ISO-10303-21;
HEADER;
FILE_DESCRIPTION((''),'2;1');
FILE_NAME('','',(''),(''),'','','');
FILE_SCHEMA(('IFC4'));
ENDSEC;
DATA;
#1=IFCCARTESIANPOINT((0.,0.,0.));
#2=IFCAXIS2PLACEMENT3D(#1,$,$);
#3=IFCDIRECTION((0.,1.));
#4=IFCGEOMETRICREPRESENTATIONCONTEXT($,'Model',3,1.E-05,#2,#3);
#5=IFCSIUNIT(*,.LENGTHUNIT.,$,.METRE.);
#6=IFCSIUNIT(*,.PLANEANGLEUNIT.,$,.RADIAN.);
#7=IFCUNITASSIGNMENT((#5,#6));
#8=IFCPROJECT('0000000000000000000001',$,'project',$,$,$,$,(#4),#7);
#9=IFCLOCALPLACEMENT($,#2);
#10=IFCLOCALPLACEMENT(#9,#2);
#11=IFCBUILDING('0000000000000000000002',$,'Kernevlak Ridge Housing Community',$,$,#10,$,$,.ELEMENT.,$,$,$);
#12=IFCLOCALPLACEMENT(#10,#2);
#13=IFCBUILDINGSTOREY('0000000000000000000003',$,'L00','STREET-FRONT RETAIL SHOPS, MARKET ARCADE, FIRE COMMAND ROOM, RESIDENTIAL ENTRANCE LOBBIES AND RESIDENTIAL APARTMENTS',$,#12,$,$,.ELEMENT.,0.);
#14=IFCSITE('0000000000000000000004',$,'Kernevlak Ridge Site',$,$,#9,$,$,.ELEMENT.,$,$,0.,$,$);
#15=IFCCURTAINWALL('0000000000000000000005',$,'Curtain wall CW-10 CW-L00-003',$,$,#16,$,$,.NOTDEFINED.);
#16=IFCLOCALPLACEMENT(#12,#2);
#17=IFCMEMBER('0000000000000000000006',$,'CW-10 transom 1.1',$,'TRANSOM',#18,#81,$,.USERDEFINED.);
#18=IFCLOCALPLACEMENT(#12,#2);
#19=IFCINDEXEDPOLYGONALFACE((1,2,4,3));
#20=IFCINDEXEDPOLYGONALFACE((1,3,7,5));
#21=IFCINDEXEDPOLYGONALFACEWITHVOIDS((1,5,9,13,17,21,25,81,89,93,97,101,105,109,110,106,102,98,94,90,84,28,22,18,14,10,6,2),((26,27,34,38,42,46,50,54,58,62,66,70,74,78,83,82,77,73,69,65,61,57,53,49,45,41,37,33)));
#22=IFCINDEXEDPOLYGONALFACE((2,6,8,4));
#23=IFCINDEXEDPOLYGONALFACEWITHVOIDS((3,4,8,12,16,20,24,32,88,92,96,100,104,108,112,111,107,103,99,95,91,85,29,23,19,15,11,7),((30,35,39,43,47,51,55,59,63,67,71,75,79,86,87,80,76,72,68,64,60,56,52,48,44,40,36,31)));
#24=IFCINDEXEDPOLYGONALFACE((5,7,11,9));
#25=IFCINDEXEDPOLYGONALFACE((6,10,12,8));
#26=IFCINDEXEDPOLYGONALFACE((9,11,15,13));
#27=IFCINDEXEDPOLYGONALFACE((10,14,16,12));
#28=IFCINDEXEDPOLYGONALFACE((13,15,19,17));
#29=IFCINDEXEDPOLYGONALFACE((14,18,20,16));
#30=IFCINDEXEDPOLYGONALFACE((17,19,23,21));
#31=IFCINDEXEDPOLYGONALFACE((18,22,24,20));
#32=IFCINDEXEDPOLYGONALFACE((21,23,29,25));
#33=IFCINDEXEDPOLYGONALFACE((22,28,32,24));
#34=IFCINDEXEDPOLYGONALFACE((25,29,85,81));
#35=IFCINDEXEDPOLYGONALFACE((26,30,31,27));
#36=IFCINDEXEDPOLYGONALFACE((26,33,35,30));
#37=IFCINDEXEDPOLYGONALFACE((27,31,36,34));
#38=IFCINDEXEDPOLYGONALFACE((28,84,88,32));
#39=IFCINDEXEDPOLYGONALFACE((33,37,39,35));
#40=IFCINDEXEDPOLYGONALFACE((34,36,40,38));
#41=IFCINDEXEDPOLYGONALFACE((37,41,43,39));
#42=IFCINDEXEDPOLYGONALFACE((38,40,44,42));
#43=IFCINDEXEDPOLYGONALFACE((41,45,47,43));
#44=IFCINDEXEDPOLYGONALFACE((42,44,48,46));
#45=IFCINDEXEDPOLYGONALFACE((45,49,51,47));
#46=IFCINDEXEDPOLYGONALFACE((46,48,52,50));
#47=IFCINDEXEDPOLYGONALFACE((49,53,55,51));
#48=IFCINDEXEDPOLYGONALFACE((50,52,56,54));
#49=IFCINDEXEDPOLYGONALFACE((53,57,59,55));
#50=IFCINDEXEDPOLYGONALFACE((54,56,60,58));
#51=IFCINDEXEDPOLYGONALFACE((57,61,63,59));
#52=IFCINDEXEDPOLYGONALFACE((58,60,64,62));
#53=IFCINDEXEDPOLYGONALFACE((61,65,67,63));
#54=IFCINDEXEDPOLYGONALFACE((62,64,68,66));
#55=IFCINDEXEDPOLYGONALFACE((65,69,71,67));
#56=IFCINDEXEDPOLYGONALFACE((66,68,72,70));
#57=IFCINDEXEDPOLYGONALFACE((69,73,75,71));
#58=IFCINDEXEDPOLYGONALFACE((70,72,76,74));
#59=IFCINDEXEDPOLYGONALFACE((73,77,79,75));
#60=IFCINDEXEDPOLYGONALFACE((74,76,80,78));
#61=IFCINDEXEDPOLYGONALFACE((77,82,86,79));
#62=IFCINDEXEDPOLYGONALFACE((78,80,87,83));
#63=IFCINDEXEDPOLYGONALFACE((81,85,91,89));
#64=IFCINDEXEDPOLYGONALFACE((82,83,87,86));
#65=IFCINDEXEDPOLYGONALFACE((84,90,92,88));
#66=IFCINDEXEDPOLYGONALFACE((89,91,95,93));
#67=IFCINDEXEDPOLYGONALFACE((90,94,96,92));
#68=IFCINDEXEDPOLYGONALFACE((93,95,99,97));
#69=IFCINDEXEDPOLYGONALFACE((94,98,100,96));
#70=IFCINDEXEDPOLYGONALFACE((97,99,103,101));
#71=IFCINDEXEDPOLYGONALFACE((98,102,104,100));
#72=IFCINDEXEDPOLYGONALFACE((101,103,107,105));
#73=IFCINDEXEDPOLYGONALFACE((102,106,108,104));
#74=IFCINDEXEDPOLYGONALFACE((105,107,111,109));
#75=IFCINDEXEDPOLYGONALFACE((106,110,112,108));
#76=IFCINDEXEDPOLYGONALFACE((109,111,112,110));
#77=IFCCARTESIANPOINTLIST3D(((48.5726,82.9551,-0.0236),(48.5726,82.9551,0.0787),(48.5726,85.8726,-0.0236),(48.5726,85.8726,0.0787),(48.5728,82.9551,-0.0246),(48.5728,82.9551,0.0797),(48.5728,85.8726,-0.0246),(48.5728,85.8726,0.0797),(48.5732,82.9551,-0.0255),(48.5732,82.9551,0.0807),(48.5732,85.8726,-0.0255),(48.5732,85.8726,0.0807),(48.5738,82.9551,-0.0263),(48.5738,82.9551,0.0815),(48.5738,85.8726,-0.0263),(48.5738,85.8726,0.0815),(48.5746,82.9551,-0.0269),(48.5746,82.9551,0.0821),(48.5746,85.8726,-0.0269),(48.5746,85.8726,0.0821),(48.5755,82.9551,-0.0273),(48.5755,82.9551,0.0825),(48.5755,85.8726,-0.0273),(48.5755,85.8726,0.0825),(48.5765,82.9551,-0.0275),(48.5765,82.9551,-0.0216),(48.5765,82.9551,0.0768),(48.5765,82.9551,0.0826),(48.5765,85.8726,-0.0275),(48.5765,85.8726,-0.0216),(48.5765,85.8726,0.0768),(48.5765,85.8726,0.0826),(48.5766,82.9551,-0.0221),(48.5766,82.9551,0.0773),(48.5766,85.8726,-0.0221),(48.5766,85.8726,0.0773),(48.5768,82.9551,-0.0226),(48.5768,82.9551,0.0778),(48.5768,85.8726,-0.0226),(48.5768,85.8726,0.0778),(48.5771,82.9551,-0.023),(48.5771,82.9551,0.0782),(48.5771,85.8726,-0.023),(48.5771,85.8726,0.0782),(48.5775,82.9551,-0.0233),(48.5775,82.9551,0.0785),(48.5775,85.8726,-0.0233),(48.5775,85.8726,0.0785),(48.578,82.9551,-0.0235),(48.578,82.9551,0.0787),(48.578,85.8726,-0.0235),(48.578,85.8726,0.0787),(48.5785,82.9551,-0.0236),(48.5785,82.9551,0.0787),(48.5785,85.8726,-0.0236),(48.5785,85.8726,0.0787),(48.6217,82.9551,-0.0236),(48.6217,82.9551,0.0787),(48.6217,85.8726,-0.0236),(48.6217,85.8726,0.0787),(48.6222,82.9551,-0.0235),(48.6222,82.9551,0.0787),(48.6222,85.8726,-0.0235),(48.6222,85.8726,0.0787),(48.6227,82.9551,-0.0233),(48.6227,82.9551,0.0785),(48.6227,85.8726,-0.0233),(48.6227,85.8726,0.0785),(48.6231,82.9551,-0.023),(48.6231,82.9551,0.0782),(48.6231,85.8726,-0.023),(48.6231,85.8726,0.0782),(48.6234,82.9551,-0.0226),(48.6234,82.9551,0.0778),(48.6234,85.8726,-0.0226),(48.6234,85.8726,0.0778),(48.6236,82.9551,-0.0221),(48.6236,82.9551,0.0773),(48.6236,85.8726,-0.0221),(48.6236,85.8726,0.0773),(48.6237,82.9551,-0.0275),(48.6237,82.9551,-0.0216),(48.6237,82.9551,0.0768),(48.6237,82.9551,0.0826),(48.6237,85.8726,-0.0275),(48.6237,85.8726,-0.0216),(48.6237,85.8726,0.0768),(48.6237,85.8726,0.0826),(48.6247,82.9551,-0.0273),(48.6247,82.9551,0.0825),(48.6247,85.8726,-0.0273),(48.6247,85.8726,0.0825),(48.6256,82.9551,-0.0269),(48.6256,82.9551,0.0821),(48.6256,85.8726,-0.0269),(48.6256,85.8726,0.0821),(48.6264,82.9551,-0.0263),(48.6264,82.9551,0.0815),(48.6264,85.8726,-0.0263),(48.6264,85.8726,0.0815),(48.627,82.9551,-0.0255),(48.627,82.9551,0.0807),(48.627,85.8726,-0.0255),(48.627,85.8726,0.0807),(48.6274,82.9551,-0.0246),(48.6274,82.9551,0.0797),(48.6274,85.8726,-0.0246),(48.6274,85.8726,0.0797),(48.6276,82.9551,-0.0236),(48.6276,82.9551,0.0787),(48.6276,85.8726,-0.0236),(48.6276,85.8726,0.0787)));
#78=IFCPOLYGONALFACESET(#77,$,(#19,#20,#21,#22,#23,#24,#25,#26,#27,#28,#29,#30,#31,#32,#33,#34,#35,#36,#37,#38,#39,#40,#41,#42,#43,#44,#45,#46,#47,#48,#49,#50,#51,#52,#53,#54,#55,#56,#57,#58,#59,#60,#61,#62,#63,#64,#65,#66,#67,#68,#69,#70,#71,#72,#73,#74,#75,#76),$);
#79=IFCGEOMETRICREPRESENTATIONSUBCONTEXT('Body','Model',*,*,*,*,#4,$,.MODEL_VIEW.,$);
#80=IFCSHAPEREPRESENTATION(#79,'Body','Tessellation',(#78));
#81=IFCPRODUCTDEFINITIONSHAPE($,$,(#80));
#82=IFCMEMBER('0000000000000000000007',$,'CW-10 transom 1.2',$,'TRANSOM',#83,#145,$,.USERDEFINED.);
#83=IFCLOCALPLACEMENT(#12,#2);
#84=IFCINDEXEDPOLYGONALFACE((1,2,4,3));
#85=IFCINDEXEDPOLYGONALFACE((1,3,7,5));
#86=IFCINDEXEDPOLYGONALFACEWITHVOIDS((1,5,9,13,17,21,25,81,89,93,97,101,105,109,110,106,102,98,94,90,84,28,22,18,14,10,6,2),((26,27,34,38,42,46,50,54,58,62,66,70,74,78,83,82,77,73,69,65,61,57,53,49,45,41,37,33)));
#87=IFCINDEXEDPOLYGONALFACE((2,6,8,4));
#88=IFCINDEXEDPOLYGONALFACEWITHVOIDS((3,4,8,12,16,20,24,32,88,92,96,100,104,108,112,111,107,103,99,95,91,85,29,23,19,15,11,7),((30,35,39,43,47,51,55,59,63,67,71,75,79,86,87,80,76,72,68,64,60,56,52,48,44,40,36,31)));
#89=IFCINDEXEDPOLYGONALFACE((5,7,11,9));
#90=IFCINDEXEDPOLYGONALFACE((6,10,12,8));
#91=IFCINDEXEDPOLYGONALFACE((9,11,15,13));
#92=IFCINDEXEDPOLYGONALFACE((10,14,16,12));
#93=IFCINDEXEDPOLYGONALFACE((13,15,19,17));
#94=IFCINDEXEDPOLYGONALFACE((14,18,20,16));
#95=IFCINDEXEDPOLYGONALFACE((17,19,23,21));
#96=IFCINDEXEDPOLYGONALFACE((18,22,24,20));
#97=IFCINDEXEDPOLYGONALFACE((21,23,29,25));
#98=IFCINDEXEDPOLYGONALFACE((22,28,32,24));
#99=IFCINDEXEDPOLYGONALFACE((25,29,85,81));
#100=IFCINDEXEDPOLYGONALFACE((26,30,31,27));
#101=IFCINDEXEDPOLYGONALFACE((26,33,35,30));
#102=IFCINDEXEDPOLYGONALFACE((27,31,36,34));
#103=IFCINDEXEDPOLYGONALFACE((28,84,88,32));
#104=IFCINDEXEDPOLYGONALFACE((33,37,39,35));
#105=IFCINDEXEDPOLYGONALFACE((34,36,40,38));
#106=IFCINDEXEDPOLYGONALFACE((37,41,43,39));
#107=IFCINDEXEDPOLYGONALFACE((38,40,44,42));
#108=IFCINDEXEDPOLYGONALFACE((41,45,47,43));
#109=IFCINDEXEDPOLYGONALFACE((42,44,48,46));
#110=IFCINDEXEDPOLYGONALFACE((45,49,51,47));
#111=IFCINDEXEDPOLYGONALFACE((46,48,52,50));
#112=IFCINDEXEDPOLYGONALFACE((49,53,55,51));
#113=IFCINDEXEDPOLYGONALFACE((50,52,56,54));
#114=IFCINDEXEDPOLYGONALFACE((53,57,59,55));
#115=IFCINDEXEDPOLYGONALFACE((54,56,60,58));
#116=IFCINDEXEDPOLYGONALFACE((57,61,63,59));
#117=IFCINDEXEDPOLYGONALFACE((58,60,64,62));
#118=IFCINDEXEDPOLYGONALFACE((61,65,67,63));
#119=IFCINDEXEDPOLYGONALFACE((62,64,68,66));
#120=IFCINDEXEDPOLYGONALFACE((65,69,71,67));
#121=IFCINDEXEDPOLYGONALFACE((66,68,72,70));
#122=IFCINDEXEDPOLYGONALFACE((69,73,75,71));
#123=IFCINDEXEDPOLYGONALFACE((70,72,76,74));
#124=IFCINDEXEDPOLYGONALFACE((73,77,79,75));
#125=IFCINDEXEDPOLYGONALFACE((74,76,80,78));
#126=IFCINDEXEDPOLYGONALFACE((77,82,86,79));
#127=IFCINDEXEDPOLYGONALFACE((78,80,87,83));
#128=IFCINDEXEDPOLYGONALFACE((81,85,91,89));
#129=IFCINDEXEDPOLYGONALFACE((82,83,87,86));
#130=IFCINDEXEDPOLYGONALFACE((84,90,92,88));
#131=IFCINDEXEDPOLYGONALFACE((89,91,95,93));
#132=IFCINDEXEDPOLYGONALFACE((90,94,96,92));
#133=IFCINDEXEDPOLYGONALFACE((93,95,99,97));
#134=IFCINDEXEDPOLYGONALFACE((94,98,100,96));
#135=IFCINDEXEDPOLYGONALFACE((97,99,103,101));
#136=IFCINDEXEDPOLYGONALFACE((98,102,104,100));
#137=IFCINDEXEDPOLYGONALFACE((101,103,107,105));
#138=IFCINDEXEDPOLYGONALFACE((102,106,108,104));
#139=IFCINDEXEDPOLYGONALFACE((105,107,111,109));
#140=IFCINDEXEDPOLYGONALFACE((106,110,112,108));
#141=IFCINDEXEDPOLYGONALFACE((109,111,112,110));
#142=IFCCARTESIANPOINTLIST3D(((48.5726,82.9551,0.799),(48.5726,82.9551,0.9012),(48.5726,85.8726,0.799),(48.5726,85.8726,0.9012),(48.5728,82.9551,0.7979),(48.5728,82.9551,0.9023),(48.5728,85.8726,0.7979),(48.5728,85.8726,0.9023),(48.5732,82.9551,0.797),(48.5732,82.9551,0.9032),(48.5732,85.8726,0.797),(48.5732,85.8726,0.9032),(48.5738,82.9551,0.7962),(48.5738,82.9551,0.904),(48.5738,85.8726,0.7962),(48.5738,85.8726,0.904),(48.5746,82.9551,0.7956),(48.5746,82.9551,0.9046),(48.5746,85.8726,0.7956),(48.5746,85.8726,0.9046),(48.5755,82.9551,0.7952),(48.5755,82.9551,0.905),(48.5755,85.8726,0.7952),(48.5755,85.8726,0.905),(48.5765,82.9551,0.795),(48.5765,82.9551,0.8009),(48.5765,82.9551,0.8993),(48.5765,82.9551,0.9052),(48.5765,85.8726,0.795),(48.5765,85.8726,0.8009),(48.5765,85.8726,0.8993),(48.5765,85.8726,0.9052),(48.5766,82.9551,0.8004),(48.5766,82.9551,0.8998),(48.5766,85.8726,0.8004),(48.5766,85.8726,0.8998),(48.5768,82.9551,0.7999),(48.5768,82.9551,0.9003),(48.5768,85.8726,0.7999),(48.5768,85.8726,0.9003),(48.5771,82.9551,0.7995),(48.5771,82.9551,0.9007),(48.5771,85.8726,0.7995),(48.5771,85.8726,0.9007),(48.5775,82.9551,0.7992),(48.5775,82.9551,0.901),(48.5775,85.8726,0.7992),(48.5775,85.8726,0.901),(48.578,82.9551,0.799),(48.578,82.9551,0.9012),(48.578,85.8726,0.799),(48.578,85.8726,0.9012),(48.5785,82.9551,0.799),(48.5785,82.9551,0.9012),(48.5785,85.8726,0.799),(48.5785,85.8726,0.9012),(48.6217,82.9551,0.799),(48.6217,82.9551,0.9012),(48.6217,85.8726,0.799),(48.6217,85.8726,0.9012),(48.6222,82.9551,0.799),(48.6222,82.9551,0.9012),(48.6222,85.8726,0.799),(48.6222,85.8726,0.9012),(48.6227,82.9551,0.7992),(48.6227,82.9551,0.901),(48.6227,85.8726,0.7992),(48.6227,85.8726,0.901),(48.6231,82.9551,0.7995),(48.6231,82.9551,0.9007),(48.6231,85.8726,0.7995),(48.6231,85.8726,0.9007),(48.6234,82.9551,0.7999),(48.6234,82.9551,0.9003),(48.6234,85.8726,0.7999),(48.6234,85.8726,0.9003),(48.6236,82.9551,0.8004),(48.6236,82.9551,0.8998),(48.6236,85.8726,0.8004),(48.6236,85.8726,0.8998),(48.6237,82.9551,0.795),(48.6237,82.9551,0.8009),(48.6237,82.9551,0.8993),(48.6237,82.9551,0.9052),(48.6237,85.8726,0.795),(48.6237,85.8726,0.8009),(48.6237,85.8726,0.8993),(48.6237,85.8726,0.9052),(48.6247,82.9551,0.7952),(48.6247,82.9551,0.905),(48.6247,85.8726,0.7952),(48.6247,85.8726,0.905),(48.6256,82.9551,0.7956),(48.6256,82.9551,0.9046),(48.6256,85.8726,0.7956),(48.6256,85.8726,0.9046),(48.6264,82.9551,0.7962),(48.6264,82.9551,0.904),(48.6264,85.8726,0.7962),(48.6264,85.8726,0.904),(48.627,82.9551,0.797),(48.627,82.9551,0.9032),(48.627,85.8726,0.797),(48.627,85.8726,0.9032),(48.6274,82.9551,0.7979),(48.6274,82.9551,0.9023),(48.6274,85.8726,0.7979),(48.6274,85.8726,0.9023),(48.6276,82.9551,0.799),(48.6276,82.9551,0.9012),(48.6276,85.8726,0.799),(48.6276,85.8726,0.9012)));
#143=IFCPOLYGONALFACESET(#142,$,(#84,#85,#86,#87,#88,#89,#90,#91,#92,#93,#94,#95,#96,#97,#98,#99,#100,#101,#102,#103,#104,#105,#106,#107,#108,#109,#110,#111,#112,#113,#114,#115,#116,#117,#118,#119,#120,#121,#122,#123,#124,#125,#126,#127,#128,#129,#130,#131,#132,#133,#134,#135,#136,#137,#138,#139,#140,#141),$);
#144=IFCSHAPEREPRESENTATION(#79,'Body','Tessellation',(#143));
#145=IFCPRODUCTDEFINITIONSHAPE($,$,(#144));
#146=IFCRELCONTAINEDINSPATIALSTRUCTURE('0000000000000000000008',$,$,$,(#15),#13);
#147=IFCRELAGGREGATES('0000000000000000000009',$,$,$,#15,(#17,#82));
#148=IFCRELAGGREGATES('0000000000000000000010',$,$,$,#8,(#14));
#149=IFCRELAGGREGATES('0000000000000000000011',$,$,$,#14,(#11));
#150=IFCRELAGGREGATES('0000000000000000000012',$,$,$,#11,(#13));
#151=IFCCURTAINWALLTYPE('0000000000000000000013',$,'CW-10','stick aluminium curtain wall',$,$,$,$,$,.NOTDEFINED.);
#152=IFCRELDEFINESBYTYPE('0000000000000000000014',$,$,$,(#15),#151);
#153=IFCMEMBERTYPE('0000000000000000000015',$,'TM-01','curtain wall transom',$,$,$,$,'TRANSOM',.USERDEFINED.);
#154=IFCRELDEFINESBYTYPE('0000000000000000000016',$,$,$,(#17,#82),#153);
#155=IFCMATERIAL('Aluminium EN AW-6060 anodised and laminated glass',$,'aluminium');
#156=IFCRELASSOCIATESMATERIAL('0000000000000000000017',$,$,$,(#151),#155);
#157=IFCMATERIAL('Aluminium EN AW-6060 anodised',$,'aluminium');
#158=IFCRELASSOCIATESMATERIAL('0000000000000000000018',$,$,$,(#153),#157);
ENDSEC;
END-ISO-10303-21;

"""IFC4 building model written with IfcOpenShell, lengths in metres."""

from ifc_helpers import new_model, si_unit, direction, frame, origin, origin_2d, place, context, subcontext, project, spatial, hollow_rectangle, extrude, material, material_profile, profile_set, type_object, element, aggregate, save


model = new_model("IFC4")

# Units and contexts
model_context = context("Model", 3, precision=1e-05, world=origin(), true_north=direction((0.0, 1.0)))
body_context = subcontext(model_context, "Body", "Model", "MODEL_VIEW")
ifc_project = project(units=[si_unit("LENGTHUNIT", "METRE"), si_unit("PLANEANGLEUNIT", "RADIAN")], contexts=[model_context])

# Site, building, storey
site_placement = place(None, origin())
site = spatial("IfcSite", under=ifc_project, at=site_placement, Name="Kernevlak Ridge Site", CompositionType="ELEMENT", RefElevation=0.0)
building_placement = place(site_placement, origin())
building = spatial("IfcBuilding", under=site, at=building_placement, Name="Kernevlak Ridge Housing Community", CompositionType="ELEMENT")
storey_placement = place(building_placement, origin())
storey = spatial("IfcBuildingStorey", under=building, at=storey_placement, Name="L00", Description="STREET-FRONT RETAIL SHOPS, MARKET ARCADE, FIRE COMMAND ROOM, RESIDENTIAL ENTRANCE LOBBIES AND RESIDENTIAL APARTMENTS", CompositionType="ELEMENT", Elevation=0.0)

# Curtain wall
ifc_material_1 = material(Name="Aluminium EN AW-6060 anodised and laminated glass", Category="aluminium")
curtain_wall_type = type_object("IfcCurtainWallType", Name="CW-10", Description="stick aluminium curtain wall", PredefinedType="NOTDEFINED", material=ifc_material_1)
curtain_wall_placement = place(storey_placement, origin())
curtain_wall = element("IfcCurtainWall", 1, at=curtain_wall_placement, inside=storey, type_object=curtain_wall_type, Name="Curtain wall CW-10 CW-L00-003", PredefinedType="NOTDEFINED")
ifc_material_2 = material(Name="Aluminium EN AW-6060 anodised", Category="aluminium")

# Members
ifc_material_profile_1 = material_profile(ifc_material_2, hollow_rectangle(XDim=0.0549, YDim=0.1101, WallThickness=0.0039, InnerFilletRadius=0.002, OuterFilletRadius=0.0039, at=origin_2d()), Name="ALU 55x110x4")
ifc_profile_set_1 = profile_set([ifc_material_profile_1], Name="Aluminium EN AW-6060 anodised")
member_type_1 = type_object("IfcMemberType", Name="TM-01", Description="curtain wall transom", ElementType="TRANSOM", PredefinedType="USERDEFINED", material=ifc_profile_set_1)
member_1_placement = place(storey_placement, frame((48.6001, 82.9551, 0.0276), z_axis=(0.0, 1.0, 0.0), x_axis=(-1.0, 0.0, 0.0)))
member_1 = element("IfcMember", 2, at=member_1_placement, type_object=member_type_1, Name="CW-10 transom 1.1", ObjectType="TRANSOM", PredefinedType="USERDEFINED", context=body_context, shape_type="SweptSolid", body=[
    extrude(hollow_rectangle(XDim=0.0549, YDim=0.1101, WallThickness=0.0039, InnerFilletRadius=0.002, OuterFilletRadius=0.0039, at=origin_2d()), origin(), (0.0, 0.0, 1.0), 2.9175),
])
member_2_placement = place(storey_placement, frame((48.6001, 82.9551, 0.8501), z_axis=(0.0, 1.0, 0.0), x_axis=(-1.0, 0.0, 0.0)))
member_2 = element("IfcMember", 3, at=member_2_placement, type_object=member_type_1, Name="CW-10 transom 1.2", ObjectType="TRANSOM", PredefinedType="USERDEFINED", context=body_context, shape_type="SweptSolid", body=[
    extrude(hollow_rectangle(XDim=0.0549, YDim=0.1101, WallThickness=0.0039, InnerFilletRadius=0.002, OuterFilletRadius=0.0039, at=origin_2d()), origin(), (0.0, 0.0, 1.0), 2.9175),
])

aggregate(curtain_wall, [member_1, member_2])

save(model, "model.ifc")
